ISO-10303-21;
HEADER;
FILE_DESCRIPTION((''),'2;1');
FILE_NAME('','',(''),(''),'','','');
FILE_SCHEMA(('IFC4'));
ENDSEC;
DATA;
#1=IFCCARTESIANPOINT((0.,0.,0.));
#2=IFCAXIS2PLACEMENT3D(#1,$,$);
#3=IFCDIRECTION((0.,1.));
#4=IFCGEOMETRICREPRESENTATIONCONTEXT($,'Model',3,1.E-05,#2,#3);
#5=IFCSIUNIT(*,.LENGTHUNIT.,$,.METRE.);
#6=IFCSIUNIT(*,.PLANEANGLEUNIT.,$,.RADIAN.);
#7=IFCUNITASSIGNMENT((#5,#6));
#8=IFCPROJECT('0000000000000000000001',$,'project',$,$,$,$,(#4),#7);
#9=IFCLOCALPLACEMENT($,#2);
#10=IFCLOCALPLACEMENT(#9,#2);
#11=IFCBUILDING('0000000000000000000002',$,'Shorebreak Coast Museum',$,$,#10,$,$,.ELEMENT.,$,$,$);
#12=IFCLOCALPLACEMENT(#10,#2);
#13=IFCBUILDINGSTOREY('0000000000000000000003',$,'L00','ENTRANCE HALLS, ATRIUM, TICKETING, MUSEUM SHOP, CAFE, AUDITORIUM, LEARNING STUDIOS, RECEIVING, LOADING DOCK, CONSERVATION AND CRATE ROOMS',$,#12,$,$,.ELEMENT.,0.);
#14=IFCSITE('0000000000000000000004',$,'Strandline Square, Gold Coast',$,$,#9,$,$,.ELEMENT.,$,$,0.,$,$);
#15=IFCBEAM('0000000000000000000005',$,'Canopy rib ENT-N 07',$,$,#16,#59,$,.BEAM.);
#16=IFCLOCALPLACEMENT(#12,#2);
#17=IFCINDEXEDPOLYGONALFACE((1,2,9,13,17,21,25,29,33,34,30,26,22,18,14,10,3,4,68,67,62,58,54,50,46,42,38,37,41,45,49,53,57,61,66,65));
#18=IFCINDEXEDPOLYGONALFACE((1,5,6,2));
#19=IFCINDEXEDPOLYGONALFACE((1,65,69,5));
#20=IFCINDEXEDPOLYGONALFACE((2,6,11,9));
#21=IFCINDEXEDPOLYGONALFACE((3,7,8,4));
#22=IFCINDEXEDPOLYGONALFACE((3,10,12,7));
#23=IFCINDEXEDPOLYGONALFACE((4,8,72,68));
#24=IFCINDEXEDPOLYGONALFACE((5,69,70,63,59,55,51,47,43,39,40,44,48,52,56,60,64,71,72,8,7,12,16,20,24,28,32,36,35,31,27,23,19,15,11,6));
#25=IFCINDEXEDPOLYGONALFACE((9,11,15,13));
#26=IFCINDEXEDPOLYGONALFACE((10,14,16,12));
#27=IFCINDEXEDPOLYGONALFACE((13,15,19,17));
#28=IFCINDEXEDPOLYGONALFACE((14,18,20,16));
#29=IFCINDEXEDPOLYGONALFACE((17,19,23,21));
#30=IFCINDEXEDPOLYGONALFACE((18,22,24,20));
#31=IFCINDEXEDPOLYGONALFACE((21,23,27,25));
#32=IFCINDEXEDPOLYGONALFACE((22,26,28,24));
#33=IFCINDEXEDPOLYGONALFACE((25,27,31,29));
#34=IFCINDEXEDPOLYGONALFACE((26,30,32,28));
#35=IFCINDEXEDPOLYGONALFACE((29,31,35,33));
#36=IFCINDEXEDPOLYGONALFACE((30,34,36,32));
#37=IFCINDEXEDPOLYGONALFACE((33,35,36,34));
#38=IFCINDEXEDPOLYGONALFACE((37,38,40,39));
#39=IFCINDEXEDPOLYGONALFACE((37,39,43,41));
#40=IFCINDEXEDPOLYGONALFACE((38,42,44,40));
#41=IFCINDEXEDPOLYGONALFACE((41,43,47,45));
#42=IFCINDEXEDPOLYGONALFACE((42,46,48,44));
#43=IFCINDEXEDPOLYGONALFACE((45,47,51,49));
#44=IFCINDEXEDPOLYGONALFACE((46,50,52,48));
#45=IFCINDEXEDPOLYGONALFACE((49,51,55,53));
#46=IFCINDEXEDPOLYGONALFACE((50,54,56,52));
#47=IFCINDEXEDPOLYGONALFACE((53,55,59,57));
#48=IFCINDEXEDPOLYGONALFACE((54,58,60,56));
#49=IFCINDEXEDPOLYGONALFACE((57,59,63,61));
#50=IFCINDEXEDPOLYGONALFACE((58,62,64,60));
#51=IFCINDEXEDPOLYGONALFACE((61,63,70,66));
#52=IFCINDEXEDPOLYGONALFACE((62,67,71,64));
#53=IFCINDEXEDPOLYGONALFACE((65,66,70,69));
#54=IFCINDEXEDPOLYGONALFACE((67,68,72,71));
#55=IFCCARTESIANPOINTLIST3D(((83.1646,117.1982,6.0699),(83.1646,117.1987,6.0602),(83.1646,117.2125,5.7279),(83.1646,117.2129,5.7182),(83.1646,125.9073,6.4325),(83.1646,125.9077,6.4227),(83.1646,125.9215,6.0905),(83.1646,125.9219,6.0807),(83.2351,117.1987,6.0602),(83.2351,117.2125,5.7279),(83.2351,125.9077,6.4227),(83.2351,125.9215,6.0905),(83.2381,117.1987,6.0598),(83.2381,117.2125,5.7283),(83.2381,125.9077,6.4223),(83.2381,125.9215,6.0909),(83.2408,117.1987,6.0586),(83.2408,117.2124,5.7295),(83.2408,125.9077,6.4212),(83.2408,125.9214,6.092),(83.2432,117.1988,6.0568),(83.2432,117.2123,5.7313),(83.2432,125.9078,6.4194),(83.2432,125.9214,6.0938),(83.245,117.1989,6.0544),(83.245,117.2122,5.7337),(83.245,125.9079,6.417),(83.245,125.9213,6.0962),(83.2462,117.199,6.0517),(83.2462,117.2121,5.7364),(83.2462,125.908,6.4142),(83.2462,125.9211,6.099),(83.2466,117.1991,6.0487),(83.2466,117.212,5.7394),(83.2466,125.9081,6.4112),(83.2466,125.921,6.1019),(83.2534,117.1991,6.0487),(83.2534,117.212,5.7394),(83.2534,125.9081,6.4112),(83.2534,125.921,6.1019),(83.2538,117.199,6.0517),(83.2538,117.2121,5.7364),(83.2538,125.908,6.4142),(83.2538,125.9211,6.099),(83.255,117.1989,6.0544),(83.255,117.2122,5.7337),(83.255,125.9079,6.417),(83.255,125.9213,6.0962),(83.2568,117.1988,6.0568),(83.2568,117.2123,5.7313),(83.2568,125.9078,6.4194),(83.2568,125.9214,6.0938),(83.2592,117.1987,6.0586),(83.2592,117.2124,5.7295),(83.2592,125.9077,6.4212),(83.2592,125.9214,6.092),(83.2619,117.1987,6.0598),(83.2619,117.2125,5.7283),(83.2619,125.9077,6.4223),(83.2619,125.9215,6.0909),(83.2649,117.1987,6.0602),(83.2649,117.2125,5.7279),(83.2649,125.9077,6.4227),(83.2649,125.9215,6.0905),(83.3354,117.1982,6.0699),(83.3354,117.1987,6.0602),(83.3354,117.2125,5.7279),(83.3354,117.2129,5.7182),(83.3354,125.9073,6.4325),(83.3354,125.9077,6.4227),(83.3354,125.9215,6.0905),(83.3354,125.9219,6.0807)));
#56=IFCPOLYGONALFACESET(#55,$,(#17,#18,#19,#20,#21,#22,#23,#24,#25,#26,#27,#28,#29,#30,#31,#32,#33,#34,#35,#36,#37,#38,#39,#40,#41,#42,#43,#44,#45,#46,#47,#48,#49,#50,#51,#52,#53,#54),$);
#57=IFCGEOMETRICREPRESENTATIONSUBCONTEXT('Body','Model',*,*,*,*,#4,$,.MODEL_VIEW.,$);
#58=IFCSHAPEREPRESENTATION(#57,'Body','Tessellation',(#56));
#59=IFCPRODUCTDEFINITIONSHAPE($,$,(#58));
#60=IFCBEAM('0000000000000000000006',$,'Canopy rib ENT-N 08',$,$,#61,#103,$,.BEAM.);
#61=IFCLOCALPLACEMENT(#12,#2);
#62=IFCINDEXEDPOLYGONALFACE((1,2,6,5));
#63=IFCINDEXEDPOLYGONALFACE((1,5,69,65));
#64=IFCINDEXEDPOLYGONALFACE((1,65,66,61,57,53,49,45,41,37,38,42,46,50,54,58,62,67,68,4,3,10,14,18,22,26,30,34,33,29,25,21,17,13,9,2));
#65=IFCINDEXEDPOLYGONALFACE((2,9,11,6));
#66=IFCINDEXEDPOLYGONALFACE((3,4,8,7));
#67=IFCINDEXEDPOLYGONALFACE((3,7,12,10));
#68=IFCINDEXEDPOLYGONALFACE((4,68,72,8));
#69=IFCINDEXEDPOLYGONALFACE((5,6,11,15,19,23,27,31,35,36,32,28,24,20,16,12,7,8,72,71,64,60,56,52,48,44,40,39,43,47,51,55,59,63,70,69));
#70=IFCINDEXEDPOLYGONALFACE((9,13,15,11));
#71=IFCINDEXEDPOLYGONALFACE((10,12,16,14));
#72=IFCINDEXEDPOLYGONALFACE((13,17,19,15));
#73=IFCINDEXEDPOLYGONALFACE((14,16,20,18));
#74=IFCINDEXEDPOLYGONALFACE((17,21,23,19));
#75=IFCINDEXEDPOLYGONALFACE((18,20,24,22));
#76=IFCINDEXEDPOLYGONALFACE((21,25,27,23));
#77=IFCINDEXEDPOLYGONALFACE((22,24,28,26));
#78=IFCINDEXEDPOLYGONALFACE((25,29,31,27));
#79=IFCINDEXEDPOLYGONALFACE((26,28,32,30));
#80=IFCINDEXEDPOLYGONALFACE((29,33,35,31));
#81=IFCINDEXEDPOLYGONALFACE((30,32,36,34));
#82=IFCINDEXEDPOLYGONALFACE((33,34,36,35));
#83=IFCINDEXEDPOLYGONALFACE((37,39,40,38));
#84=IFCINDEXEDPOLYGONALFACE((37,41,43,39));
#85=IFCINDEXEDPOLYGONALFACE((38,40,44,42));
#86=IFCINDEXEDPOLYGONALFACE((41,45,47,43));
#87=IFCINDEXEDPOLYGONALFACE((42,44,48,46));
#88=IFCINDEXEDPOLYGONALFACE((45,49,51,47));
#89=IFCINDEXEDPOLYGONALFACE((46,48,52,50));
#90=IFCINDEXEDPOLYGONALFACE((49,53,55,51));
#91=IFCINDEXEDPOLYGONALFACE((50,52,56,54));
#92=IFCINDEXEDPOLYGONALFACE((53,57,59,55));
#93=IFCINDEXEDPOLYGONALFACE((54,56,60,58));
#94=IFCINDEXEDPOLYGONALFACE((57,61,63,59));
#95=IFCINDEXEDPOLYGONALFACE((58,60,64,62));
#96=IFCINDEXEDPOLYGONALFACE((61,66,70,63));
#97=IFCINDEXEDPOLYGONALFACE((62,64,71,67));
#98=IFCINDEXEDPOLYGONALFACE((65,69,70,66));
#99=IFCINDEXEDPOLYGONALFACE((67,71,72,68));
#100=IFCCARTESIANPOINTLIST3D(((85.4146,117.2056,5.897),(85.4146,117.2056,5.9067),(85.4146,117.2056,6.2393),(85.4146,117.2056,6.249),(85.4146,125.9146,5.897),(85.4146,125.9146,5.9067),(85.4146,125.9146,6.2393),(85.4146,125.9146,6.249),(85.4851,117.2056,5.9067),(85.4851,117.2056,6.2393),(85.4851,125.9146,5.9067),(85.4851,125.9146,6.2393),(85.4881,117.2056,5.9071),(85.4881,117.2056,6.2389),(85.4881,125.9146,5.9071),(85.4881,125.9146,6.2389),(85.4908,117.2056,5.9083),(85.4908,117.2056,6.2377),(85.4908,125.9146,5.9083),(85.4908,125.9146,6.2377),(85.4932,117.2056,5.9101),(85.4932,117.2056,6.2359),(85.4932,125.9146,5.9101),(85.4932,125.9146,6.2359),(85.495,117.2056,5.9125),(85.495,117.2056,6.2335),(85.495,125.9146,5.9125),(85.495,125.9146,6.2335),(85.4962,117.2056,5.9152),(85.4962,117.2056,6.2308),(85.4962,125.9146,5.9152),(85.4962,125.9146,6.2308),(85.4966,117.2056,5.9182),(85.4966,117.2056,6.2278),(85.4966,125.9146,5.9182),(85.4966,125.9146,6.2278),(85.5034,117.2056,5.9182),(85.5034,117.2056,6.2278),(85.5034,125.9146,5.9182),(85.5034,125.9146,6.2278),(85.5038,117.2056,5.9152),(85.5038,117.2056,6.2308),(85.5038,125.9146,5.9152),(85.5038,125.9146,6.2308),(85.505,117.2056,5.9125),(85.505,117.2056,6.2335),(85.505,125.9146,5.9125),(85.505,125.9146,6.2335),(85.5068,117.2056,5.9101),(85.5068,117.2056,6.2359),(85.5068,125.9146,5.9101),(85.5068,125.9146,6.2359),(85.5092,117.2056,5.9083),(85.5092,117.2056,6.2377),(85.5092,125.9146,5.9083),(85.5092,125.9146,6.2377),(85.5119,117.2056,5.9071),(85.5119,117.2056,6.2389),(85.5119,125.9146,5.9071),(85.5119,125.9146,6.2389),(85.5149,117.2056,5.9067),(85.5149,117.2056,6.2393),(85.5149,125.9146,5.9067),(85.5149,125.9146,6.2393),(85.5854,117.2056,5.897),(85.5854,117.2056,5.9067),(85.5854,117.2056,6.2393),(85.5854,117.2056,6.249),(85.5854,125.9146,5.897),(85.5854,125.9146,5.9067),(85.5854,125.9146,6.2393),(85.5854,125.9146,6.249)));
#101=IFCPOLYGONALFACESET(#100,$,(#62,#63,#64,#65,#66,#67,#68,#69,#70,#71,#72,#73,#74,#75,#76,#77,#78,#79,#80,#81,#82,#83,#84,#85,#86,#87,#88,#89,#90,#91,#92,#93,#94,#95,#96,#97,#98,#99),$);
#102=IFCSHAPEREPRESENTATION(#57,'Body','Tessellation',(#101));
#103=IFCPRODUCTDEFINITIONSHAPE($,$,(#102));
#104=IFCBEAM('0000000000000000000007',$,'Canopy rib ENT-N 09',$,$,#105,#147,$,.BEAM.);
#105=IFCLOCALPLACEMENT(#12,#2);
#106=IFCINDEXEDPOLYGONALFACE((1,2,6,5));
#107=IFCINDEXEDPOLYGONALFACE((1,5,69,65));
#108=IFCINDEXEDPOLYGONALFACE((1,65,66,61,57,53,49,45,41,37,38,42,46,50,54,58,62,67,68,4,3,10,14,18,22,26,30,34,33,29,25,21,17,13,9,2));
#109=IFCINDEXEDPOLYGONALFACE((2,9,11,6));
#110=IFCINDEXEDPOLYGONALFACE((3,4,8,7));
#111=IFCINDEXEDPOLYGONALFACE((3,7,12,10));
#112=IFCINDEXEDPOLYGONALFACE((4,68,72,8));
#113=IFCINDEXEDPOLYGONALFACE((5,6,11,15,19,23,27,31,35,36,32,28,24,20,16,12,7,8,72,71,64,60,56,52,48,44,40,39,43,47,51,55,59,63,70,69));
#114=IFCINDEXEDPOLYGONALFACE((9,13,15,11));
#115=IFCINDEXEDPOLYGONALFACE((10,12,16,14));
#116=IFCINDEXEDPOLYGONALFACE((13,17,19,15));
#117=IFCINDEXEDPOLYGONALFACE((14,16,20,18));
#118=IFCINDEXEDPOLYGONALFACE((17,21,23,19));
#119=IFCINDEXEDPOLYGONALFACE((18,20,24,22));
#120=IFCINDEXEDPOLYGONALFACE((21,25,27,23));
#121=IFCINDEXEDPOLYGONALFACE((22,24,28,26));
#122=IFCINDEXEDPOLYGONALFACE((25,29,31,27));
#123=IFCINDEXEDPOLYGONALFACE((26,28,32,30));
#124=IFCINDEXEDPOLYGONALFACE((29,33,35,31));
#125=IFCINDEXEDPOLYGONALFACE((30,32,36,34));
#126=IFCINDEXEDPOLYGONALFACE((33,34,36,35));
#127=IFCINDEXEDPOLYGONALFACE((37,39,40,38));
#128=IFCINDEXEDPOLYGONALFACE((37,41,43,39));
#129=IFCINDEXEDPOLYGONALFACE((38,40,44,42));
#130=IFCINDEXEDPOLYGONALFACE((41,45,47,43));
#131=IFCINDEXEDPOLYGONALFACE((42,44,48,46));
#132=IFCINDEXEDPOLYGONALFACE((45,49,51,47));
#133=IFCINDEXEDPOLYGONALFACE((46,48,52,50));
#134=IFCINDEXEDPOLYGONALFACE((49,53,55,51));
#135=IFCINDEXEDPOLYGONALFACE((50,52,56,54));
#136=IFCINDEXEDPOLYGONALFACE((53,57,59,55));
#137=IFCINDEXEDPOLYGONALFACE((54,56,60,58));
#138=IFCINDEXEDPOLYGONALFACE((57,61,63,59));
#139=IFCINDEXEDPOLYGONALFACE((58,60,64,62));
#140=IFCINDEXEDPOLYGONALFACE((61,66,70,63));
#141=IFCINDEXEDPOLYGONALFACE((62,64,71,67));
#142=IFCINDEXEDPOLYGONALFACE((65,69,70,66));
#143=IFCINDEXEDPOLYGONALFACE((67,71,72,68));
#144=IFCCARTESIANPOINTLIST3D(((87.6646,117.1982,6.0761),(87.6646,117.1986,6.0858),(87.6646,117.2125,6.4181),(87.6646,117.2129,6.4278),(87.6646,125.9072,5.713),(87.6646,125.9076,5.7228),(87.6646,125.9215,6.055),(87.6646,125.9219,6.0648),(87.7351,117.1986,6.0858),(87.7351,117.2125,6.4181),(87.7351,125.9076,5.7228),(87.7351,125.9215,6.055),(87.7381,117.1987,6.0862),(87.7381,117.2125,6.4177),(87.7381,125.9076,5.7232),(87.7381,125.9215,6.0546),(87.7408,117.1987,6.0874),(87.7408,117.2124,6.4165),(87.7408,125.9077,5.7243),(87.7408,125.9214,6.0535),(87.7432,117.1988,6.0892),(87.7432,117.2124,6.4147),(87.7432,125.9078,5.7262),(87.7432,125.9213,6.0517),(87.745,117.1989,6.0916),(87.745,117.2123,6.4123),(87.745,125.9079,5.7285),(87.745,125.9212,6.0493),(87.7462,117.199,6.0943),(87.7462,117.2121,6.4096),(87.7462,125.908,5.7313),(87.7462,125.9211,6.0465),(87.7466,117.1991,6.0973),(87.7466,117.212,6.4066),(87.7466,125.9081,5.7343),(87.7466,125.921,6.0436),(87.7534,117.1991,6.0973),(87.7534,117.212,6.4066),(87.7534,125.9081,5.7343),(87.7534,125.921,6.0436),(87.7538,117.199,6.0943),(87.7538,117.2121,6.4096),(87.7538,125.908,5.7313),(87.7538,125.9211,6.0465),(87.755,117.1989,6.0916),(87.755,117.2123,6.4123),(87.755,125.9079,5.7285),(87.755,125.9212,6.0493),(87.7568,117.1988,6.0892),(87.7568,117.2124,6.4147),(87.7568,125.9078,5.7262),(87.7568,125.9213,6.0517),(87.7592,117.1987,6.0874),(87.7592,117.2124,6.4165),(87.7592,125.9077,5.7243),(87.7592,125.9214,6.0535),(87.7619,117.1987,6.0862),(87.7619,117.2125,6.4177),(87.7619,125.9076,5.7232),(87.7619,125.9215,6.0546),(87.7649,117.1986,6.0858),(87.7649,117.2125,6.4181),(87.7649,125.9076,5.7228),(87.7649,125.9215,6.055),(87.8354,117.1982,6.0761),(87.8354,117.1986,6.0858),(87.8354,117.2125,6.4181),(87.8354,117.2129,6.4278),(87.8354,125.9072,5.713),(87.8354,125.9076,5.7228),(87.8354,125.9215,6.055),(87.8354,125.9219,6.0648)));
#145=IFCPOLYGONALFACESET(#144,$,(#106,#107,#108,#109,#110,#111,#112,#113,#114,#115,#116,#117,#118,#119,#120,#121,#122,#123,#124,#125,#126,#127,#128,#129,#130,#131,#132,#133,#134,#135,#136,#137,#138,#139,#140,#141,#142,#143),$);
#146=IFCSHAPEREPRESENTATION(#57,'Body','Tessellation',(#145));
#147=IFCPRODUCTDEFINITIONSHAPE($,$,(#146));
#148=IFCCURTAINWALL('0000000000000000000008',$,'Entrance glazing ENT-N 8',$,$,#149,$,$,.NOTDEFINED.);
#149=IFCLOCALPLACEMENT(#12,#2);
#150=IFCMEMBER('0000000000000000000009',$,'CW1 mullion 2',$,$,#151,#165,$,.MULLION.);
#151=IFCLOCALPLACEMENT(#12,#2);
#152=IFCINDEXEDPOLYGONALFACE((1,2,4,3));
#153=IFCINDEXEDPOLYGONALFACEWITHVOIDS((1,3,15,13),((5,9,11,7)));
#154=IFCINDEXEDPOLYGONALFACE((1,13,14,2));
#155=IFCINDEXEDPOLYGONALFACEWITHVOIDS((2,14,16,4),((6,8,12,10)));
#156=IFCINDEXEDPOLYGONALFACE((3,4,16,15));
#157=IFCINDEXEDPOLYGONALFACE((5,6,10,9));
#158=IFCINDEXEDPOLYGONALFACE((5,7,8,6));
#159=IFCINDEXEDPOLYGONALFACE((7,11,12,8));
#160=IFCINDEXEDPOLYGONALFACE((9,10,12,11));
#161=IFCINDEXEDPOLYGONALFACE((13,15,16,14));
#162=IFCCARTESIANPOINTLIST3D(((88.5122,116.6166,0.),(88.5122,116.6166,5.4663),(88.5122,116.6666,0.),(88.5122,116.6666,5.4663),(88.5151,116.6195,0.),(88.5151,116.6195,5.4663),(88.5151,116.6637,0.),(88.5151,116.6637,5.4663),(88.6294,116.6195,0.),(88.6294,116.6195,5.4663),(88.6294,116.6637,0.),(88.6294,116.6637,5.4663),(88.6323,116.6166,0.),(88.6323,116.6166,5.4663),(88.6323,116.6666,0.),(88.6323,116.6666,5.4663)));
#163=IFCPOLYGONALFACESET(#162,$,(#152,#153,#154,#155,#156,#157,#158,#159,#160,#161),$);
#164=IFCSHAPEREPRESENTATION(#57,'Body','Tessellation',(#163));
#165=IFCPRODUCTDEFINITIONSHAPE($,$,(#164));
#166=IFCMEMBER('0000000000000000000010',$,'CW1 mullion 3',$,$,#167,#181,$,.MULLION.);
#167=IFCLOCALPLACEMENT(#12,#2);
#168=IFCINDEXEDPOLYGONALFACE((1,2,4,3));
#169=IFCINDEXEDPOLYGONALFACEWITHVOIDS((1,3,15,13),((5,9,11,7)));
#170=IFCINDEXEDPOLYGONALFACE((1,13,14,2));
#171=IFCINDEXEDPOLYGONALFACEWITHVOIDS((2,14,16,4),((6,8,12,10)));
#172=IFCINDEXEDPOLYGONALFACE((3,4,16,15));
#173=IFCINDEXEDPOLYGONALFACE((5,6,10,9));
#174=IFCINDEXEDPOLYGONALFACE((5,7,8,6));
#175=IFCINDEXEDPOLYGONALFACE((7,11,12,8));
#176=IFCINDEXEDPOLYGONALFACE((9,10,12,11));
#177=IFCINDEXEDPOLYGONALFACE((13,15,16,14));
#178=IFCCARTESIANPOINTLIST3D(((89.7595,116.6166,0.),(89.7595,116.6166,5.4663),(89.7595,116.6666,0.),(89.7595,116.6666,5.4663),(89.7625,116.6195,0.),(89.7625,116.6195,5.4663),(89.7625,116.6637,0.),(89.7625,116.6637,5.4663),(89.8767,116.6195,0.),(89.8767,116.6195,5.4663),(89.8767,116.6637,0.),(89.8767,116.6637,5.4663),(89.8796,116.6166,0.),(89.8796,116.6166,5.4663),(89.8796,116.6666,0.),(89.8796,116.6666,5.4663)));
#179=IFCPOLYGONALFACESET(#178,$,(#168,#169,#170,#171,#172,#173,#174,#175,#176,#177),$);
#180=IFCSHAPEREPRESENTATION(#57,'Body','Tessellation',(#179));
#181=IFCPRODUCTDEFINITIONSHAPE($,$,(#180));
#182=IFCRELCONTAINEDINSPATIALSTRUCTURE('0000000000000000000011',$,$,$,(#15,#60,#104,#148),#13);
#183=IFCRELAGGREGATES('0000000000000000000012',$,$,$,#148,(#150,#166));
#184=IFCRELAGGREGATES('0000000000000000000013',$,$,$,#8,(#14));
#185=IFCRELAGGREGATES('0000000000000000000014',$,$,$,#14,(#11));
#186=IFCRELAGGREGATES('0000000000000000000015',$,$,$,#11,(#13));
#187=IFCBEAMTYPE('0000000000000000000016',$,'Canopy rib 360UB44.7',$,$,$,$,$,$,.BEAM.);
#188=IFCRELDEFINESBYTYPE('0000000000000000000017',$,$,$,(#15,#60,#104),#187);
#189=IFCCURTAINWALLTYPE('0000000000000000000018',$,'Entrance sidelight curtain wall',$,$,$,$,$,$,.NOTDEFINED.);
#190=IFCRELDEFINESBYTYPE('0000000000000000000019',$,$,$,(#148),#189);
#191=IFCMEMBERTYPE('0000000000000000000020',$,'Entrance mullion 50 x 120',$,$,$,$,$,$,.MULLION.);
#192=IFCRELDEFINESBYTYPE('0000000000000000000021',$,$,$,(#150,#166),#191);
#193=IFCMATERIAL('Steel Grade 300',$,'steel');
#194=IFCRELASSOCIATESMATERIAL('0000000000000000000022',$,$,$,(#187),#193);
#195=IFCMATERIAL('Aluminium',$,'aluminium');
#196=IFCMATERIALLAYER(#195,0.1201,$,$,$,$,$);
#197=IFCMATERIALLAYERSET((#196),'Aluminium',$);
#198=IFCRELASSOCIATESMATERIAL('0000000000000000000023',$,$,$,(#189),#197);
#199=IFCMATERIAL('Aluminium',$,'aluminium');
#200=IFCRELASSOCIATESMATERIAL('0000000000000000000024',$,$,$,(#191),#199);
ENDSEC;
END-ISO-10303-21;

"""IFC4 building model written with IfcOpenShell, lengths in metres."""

from ifc_helpers import new_model, si_unit, direction, frame, origin, origin_2d, place, context, subcontext, project, spatial, hollow_rectangle, i_section, extrude, material, layer, layer_set, material_profile, profile_set, type_object, element, aggregate, save


model = new_model("IFC4")

# Units and contexts
model_context = context("Model", 3, precision=1e-05, world=origin(), true_north=direction((0.0, 1.0)))
body_context = subcontext(model_context, "Body", "Model", "MODEL_VIEW")
ifc_project = project(units=[si_unit("LENGTHUNIT", "METRE"), si_unit("PLANEANGLEUNIT", "RADIAN")], contexts=[model_context])

# Site, building, storey
site_placement = place(None, origin())
site = spatial("IfcSite", under=ifc_project, at=site_placement, Name="Strandline Square, Gold Coast", CompositionType="ELEMENT", RefElevation=0.0)
building_placement = place(site_placement, origin())
building = spatial("IfcBuilding", under=site, at=building_placement, Name="Shorebreak Coast Museum", CompositionType="ELEMENT")
storey_placement = place(building_placement, origin())
storey = spatial("IfcBuildingStorey", under=building, at=storey_placement, Name="L00", Description="ENTRANCE HALLS, ATRIUM, TICKETING, MUSEUM SHOP, CAFE, AUDITORIUM, LEARNING STUDIOS, RECEIVING, LOADING DOCK, CONSERVATION AND CRATE ROOMS", CompositionType="ELEMENT", Elevation=0.0)

# Beams
ifc_material_1 = material(Name="Steel Grade 300", Category="steel")
ifc_material_profile_1 = material_profile(ifc_material_1, i_section(OverallWidth=0.1709, OverallDepth=0.3521, WebThickness=0.0068, FlangeThickness=0.0098, FilletRadius=0.0115, at=origin_2d()), Name="360UB44.7")
ifc_profile_set_1 = profile_set([ifc_material_profile_1], Name="Steel Grade 300")
beam_type_1 = type_object("IfcBeamType", Name="Canopy rib 360UB44.7", PredefinedType="BEAM", material=ifc_profile_set_1)
beam_1_placement = place(storey_placement, frame((83.25, 117.2056, 5.894), z_axis=(0.0, 0.999135, 0.041593), x_axis=(-1.0, 0.0, 0.0)))
element("IfcBeam", 1, at=beam_1_placement, inside=storey, type_object=beam_type_1, Name="Canopy rib ENT-N 07", PredefinedType="BEAM", context=body_context, shape_type="SweptSolid", body=[
    extrude(i_section(OverallWidth=0.1709, OverallDepth=0.3521, WebThickness=0.0068, FlangeThickness=0.0098, FilletRadius=0.0115, at=origin_2d()), origin(), (0.0, 0.0, 1.0), 8.7166),
])
beam_2_placement = place(storey_placement, frame((85.5, 117.2056, 6.073), z_axis=(0.0, 1.0, 0.0), x_axis=(-1.0, 0.0, 0.0)))
element("IfcBeam", 2, at=beam_2_placement, inside=storey, type_object=beam_type_1, Name="Canopy rib ENT-N 08", PredefinedType="BEAM", context=body_context, shape_type="SweptSolid", body=[
    extrude(i_section(OverallWidth=0.1709, OverallDepth=0.3521, WebThickness=0.0068, FlangeThickness=0.0098, FilletRadius=0.0115, at=origin_2d()), origin(), (0.0, 0.0, 1.0), 8.709),
])
beam_3_placement = place(storey_placement, frame((87.75, 117.2056, 6.252), z_axis=(0.0, 0.999132, -0.041649), x_axis=(-1.0, 0.0, 0.0)))
element("IfcBeam", 3, at=beam_3_placement, inside=storey, type_object=beam_type_1, Name="Canopy rib ENT-N 09", PredefinedType="BEAM", context=body_context, shape_type="SweptSolid", body=[
    extrude(i_section(OverallWidth=0.1709, OverallDepth=0.3521, WebThickness=0.0068, FlangeThickness=0.0098, FilletRadius=0.0115, at=origin_2d()), origin(), (0.0, 0.0, 1.0), 8.7166),
])

# Curtain wall, members
ifc_material_2 = material(Name="Aluminium", Category="aluminium")
ifc_layer_1 = layer(ifc_material_2, 0.1201)
ifc_layer_set_1 = layer_set([ifc_layer_1], Name="Aluminium")
curtain_wall_type = type_object("IfcCurtainWallType", Name="Entrance sidelight curtain wall", PredefinedType="NOTDEFINED", material=ifc_layer_set_1)
curtain_wall_placement = place(storey_placement, origin())
curtain_wall = element("IfcCurtainWall", 4, at=curtain_wall_placement, inside=storey, type_object=curtain_wall_type, Name="Entrance glazing ENT-N 8", PredefinedType="NOTDEFINED")
ifc_material_3 = material(Name="Aluminium", Category="aluminium")
ifc_material_profile_2 = material_profile(ifc_material_3, hollow_rectangle(XDim=0.05, YDim=0.1201, WallThickness=0.0029, at=origin_2d()), Name="AL 120x50 RHS")
ifc_profile_set_2 = profile_set([ifc_material_profile_2], Name="Aluminium")
member_type_1 = type_object("IfcMemberType", Name="Entrance mullion 50 x 120", PredefinedType="MULLION", material=ifc_profile_set_2)
member_1_placement = place(storey_placement, frame((88.5723, 116.6416, 0.0), z_axis=(0.0, 0.0, 1.0), x_axis=(0.0, 1.0, 0.0)))
member_1 = element("IfcMember", 5, at=member_1_placement, type_object=member_type_1, Name="CW1 mullion 2", PredefinedType="MULLION", context=body_context, shape_type="SweptSolid", body=[
    extrude(hollow_rectangle(XDim=0.05, YDim=0.1201, WallThickness=0.0029, at=origin_2d()), origin(), (0.0, 0.0, 1.0), 5.4663),
])
member_2_placement = place(storey_placement, frame((89.8196, 116.6416, 0.0), z_axis=(0.0, 0.0, 1.0), x_axis=(0.0, 1.0, 0.0)))
member_2 = element("IfcMember", 6, at=member_2_placement, type_object=member_type_1, Name="CW1 mullion 3", PredefinedType="MULLION", context=body_context, shape_type="SweptSolid", body=[
    extrude(hollow_rectangle(XDim=0.05, YDim=0.1201, WallThickness=0.0029, at=origin_2d()), origin(), (0.0, 0.0, 1.0), 5.4663),
])
aggregate(curtain_wall, [member_1, member_2])

save(model, "model.ifc")
